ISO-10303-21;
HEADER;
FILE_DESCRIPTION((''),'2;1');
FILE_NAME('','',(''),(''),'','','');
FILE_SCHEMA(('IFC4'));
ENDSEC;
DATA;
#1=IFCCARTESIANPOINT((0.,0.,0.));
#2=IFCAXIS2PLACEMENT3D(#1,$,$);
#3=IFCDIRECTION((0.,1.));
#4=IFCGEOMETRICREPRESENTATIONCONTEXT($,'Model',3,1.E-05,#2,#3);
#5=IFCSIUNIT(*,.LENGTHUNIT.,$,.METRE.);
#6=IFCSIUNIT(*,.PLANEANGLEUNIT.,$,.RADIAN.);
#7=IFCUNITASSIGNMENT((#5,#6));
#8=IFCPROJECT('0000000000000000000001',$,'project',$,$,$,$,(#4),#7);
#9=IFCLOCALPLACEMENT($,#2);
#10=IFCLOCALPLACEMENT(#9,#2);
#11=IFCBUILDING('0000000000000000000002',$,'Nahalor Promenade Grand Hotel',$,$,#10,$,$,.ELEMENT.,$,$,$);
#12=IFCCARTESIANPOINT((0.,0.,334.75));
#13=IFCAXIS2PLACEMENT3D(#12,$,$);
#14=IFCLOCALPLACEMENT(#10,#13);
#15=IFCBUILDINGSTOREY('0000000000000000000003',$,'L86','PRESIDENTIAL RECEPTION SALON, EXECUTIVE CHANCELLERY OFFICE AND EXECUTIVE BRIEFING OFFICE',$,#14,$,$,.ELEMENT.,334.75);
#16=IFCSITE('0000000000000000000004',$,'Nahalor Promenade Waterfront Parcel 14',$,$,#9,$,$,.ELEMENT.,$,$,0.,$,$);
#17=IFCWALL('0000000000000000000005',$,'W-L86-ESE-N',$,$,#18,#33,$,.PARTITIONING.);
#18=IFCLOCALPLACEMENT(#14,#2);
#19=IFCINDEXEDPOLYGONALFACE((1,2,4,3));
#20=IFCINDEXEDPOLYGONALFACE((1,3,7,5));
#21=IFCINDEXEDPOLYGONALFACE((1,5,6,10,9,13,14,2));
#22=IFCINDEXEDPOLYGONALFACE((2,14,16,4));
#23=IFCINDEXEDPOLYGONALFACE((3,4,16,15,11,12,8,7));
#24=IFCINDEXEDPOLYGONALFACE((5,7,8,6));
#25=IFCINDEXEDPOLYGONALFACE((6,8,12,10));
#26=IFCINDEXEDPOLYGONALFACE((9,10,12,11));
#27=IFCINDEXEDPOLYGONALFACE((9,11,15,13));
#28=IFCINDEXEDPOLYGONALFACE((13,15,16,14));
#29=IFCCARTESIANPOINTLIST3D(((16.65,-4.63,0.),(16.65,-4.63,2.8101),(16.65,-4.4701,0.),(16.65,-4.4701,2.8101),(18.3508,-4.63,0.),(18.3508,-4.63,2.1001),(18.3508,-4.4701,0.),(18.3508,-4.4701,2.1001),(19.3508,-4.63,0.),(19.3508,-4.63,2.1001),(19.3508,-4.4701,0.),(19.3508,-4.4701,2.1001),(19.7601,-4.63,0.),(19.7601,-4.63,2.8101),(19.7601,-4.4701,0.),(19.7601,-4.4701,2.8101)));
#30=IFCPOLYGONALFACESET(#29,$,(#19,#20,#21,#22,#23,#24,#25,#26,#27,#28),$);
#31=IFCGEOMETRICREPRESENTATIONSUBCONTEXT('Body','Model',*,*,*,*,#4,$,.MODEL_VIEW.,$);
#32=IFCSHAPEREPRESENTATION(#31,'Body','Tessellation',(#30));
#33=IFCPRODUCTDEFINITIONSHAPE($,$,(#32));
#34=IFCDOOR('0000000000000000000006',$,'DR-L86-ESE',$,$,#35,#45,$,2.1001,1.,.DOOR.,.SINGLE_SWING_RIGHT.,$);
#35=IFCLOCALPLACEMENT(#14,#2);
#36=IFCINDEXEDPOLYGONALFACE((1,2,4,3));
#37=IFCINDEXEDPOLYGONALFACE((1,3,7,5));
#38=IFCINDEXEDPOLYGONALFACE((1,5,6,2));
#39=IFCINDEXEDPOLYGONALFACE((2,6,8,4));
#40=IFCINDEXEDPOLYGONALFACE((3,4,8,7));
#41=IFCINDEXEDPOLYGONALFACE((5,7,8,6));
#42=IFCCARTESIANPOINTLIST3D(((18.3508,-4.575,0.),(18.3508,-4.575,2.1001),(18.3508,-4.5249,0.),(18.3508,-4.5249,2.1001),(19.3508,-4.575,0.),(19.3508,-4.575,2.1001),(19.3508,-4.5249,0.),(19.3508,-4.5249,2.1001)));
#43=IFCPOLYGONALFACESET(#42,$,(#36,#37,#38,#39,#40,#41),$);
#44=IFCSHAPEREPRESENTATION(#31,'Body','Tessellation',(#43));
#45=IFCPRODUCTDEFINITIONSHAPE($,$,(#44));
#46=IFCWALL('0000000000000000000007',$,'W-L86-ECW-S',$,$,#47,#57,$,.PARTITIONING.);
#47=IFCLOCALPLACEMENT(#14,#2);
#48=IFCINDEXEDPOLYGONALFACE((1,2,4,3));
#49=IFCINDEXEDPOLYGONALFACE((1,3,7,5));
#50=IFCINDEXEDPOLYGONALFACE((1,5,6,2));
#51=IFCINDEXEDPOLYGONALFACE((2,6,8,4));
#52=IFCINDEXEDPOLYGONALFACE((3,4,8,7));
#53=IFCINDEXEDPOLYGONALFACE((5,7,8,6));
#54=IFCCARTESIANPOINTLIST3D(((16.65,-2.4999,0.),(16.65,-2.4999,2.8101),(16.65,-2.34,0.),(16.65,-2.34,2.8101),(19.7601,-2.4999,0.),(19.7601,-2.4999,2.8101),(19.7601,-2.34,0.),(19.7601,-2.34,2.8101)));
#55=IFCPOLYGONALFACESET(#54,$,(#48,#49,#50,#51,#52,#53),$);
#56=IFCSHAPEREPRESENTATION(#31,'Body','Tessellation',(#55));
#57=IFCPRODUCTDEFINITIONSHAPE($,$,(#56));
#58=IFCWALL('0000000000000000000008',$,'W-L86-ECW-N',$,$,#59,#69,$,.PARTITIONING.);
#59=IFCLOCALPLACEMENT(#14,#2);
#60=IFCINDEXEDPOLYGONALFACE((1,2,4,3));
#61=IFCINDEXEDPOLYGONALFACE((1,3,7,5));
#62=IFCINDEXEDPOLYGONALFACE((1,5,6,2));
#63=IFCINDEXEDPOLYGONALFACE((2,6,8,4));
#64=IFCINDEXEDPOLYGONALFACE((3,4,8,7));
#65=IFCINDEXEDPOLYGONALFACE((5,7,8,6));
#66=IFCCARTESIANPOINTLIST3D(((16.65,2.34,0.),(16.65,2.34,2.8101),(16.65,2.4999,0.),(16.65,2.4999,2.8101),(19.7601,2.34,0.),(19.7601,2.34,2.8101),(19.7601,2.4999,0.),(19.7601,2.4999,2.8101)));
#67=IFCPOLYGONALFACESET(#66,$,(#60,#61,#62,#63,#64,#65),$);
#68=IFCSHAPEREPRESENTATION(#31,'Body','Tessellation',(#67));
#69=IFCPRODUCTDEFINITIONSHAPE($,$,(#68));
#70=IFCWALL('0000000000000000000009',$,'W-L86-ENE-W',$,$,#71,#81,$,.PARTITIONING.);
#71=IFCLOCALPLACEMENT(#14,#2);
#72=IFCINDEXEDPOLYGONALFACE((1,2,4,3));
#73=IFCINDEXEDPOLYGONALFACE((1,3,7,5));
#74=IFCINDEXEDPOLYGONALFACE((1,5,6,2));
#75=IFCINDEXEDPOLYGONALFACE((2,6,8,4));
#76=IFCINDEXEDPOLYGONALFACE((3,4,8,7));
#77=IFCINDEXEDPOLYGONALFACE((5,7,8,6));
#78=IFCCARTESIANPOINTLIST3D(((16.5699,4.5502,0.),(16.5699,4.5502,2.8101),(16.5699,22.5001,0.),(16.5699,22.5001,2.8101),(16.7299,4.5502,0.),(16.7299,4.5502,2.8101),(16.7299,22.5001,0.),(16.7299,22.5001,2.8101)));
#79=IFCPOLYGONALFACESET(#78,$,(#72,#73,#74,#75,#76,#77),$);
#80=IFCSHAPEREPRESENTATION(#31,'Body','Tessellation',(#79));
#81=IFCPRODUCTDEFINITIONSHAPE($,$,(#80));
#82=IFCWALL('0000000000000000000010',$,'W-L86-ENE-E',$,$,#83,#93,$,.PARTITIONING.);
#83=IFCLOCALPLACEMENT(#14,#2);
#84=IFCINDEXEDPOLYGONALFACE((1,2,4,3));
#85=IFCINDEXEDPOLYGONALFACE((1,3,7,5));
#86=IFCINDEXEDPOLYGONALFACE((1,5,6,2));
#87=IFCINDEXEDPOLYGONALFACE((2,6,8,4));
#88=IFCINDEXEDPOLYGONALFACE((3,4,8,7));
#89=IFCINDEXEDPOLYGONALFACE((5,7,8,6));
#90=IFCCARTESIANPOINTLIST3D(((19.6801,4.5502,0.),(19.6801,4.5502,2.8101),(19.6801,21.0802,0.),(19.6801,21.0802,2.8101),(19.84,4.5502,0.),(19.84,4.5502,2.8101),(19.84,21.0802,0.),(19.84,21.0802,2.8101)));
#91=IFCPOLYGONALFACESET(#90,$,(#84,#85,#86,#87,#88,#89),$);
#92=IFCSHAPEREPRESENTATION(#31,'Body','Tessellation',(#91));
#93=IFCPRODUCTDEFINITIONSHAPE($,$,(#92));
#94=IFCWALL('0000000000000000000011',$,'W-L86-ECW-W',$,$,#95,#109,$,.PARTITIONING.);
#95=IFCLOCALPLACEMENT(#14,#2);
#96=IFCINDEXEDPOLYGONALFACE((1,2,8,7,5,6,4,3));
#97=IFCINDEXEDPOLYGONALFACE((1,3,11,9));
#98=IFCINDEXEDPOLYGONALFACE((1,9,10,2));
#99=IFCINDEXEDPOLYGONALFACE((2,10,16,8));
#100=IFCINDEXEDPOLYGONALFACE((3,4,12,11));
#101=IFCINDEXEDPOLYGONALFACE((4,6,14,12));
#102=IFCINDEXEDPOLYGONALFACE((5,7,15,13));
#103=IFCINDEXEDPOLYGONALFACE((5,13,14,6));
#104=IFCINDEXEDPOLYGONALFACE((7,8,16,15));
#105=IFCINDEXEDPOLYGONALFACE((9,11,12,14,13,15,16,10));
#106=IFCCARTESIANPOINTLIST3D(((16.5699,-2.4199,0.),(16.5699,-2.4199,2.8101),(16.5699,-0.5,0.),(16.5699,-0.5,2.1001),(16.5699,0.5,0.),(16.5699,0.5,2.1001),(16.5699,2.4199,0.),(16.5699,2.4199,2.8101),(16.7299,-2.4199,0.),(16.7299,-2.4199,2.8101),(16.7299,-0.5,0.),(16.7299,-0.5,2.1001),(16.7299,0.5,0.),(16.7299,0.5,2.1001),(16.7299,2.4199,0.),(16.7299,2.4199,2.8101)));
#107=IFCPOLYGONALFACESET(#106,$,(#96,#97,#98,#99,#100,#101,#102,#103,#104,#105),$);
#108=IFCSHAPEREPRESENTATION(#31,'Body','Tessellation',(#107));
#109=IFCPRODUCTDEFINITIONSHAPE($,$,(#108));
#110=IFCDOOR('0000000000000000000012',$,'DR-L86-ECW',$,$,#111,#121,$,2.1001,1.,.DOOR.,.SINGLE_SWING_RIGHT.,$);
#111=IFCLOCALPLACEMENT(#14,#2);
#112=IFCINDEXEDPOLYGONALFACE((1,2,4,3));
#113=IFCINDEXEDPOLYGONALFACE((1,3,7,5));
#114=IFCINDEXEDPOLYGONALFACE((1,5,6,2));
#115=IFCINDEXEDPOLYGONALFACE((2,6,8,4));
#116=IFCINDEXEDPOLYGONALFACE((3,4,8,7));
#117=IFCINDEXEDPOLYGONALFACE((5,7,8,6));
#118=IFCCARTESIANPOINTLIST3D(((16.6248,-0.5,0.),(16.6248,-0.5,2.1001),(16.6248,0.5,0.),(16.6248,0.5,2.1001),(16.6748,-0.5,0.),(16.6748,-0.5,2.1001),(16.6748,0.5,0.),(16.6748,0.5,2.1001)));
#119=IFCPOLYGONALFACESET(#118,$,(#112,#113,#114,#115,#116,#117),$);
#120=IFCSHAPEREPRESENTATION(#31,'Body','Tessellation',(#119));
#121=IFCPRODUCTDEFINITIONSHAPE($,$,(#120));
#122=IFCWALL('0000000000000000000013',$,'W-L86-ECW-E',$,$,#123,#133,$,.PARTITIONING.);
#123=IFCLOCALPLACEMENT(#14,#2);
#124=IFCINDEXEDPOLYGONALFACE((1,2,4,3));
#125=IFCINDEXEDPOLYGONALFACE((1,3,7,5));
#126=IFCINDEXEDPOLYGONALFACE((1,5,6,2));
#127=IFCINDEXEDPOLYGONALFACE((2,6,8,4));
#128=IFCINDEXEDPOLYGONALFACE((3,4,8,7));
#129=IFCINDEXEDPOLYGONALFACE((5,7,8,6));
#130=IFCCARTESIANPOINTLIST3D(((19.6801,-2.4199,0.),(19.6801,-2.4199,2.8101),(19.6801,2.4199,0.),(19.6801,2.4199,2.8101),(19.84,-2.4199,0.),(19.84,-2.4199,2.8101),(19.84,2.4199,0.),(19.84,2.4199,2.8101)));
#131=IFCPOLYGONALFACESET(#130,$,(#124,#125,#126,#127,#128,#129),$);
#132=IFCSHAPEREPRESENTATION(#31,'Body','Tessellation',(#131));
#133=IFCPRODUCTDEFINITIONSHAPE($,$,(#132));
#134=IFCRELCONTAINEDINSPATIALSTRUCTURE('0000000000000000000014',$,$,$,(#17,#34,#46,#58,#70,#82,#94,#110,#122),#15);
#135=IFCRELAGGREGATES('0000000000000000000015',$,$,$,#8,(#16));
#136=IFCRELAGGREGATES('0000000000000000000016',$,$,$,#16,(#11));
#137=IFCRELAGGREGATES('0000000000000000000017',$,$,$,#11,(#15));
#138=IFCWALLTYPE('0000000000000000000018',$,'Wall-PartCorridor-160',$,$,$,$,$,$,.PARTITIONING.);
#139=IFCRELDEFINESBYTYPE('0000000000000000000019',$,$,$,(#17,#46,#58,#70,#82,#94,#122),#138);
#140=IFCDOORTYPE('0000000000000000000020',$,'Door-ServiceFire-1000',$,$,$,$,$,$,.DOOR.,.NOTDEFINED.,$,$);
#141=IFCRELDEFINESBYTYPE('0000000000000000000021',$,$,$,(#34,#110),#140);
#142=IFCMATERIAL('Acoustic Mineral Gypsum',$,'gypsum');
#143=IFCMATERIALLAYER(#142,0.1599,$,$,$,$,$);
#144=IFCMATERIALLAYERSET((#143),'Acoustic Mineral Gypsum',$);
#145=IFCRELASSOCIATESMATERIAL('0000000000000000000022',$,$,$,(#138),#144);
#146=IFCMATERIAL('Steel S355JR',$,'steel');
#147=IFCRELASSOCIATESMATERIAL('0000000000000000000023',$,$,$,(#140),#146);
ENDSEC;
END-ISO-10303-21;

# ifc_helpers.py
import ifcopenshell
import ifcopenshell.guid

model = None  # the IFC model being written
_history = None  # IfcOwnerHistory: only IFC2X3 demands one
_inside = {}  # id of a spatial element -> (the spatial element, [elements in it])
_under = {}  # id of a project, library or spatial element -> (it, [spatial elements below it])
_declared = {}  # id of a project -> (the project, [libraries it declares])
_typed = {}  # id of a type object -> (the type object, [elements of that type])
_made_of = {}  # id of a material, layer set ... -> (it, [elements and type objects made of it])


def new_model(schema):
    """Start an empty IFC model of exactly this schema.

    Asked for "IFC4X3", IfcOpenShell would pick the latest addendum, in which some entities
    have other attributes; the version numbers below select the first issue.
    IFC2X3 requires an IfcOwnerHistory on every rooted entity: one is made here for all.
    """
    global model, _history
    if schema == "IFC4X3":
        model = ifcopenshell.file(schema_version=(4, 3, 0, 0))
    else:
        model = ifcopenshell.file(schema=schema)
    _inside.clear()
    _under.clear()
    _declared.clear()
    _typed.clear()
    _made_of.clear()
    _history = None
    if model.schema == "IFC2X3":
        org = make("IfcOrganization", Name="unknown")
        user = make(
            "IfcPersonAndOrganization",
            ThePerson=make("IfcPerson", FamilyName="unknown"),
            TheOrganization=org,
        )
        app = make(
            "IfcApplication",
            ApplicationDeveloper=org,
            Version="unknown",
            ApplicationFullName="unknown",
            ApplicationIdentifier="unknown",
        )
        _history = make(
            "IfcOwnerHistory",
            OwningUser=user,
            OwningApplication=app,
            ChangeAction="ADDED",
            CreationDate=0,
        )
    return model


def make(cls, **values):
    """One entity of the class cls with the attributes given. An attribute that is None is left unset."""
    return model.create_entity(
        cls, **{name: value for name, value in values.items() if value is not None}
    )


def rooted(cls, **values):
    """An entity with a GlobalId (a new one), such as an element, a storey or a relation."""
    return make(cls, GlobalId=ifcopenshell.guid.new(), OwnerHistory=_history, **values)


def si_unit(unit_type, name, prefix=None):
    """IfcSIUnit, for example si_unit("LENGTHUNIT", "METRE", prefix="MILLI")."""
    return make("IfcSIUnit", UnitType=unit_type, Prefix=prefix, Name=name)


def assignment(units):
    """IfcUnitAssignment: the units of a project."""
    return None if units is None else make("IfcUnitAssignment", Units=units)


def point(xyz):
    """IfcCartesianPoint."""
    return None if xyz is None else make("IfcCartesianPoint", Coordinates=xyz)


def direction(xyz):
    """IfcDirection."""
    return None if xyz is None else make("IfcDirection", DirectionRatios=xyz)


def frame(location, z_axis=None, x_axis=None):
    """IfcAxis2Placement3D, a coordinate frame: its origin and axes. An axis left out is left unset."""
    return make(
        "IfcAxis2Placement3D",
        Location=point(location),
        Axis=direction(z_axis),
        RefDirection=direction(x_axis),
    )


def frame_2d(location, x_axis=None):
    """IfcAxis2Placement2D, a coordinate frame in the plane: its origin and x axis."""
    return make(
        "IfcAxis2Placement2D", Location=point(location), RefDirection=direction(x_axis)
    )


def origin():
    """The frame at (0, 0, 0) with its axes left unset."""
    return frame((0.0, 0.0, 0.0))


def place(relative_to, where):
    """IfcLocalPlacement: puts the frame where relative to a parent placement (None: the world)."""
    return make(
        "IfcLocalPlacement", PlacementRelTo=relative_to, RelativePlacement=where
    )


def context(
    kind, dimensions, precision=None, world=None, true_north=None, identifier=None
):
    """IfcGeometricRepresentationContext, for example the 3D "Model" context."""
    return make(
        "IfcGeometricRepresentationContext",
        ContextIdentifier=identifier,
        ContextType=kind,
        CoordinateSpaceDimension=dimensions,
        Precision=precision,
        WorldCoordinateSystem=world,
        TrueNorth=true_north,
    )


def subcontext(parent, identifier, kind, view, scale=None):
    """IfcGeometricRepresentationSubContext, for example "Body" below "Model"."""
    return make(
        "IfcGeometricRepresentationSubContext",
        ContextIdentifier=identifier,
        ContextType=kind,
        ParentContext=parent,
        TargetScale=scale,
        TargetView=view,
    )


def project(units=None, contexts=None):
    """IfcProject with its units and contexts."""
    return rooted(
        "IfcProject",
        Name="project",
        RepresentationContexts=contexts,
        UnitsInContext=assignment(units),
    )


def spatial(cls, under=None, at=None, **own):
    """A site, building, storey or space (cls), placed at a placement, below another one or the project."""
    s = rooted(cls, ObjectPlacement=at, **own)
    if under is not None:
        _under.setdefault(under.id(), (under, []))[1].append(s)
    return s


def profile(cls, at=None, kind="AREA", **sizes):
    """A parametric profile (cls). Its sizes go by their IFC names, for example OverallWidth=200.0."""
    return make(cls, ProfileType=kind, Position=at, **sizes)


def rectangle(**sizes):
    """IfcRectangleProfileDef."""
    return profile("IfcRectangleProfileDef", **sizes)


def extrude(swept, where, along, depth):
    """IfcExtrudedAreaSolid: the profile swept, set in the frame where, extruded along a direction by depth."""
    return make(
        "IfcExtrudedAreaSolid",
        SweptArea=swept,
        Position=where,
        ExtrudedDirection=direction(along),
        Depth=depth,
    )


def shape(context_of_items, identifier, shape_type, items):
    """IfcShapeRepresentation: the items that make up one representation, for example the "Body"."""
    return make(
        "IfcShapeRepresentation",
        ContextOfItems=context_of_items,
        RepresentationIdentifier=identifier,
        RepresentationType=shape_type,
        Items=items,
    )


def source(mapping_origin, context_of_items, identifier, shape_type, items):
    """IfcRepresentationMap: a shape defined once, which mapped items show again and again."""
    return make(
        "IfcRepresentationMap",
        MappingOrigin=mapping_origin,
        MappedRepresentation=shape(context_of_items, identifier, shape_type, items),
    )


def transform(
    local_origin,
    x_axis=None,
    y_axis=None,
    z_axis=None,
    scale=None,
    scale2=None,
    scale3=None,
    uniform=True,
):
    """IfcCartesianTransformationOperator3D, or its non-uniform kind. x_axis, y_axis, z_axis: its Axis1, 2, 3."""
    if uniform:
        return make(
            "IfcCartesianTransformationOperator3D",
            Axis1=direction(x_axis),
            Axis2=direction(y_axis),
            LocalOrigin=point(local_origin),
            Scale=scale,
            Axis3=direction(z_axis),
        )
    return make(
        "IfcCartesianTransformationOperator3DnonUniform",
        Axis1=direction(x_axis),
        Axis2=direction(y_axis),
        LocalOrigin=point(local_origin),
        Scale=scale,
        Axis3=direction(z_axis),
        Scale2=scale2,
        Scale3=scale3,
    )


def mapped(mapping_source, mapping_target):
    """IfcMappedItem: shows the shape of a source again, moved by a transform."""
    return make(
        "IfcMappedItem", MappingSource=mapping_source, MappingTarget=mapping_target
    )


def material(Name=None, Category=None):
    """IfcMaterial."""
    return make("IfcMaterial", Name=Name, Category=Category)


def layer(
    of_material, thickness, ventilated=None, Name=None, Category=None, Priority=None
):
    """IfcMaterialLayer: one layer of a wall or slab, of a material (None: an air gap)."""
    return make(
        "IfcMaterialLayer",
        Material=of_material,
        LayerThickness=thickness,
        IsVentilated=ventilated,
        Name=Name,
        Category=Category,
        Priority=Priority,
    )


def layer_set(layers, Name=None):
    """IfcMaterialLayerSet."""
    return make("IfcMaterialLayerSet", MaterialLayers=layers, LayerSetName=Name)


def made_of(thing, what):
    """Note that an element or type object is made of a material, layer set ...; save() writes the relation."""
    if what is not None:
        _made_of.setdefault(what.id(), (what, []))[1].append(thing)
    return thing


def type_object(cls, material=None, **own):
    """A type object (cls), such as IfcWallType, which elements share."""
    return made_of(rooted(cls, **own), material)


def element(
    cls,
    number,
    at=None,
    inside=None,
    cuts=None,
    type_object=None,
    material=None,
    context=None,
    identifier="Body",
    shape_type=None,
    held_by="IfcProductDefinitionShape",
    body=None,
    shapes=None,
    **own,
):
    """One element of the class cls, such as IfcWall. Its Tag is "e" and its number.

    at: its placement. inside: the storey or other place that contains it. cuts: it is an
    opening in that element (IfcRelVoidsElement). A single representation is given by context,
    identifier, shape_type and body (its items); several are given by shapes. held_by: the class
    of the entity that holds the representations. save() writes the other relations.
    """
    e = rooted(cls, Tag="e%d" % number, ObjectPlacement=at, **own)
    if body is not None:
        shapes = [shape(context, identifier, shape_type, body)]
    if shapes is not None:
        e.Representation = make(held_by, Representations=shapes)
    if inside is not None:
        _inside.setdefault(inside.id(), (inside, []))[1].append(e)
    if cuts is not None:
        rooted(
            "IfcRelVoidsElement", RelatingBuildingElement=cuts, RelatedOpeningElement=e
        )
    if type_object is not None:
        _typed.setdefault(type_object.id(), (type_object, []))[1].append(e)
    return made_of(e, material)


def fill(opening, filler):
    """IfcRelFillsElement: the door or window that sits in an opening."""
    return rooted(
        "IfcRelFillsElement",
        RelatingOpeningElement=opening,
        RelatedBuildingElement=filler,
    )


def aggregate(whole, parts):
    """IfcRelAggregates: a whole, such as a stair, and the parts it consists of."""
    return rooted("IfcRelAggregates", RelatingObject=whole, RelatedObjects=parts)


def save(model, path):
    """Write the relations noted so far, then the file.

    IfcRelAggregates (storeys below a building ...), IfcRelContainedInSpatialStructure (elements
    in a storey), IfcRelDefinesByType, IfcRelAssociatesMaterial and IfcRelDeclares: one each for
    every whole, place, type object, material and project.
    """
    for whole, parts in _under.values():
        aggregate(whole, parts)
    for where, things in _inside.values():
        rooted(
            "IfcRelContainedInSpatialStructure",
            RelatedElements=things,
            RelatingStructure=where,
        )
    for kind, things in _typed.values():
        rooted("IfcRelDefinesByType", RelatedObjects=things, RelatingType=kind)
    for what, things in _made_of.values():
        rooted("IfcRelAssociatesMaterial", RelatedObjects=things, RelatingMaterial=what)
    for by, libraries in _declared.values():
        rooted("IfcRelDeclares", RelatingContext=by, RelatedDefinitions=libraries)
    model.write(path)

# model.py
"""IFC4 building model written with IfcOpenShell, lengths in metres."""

from ifc_helpers import new_model, si_unit, direction, frame, frame_2d, origin, place, context, subcontext, project, spatial, rectangle, extrude, source, transform, mapped, material, layer, layer_set, type_object, element, fill, save


model = new_model("IFC4")

# Units and contexts
model_context = context("Model", 3, precision=1e-05, world=origin(), true_north=direction((0.0, 1.0)))
body_context = subcontext(model_context, "Body", "Model", "MODEL_VIEW")
ifc_project = project(units=[si_unit("LENGTHUNIT", "METRE"), si_unit("PLANEANGLEUNIT", "RADIAN")], contexts=[model_context])

# Site, building, storey
site_placement = place(None, origin())
site = spatial("IfcSite", under=ifc_project, at=site_placement, Name="Nahalor Promenade Waterfront Parcel 14", CompositionType="ELEMENT", RefElevation=0.0)
building_placement = place(site_placement, origin())
building = spatial("IfcBuilding", under=site, at=building_placement, Name="Nahalor Promenade Grand Hotel", CompositionType="ELEMENT")
storey_placement = place(building_placement, frame((0.0, 0.0, 334.75)))
storey = spatial("IfcBuildingStorey", under=building, at=storey_placement, Name="L86", Description="PRESIDENTIAL RECEPTION SALON, EXECUTIVE CHANCELLERY OFFICE AND EXECUTIVE BRIEFING OFFICE", CompositionType="ELEMENT", Elevation=334.75)

# Shared definitions
ifc_material_1 = material(Name="Steel S355JR", Category="steel")

# Shared definitions
ifc_material_2 = material(Name="Acoustic Mineral Gypsum", Category="gypsum")
ifc_layer_1 = layer(ifc_material_2, 0.1599)
ifc_layer_set_1 = layer_set([ifc_layer_1], Name="Acoustic Mineral Gypsum")
wall_type_1 = type_object("IfcWallType", Name="Wall-PartCorridor-160", PredefinedType="PARTITIONING", material=ifc_layer_set_1)

# Wall, opening, door
shared_shape_1 = source(origin(), body_context, "Body", "SweptSolid", [
    extrude(rectangle(XDim=3.1101, YDim=0.1599, at=frame_2d((1.5552, 0.0))), origin(), (0.0, 0.0, 1.0), 2.8101),
])
door_type = type_object("IfcDoorType", Name="Door-ServiceFire-1000", OperationType="NOTDEFINED", PredefinedType="DOOR", material=ifc_material_1)
shared_shape_2 = source(origin(), body_context, "Body", "SweptSolid", [
    extrude(rectangle(XDim=1.0, YDim=2.1001, at=frame_2d((0.5, 1.05))), frame((0.0, 0.0249, 0.0), z_axis=(0.0, -1.0, 0.0), x_axis=(1.0, 0.0, 0.0)), (0.0, 0.0, 1.0), 0.05),
])
wall_1_placement = place(storey_placement, frame((16.6499, -4.55, 0.0), z_axis=(0.0, 0.0, 1.0), x_axis=(1.0, 0.0, 0.0)))
wall_1 = element("IfcWall", 1, at=wall_1_placement, inside=storey, type_object=wall_type_1, Name="W-L86-ESE-N", PredefinedType="PARTITIONING", context=body_context, shape_type="MappedRepresentation", body=[
    mapped(shared_shape_1, transform((0.0, 0.0, 0.0), scale=1.0)),
])
opening_1_placement = place(wall_1_placement, frame((1.7009, 0.0, 0.0)))
opening_1 = element("IfcOpeningElement", 2, at=opening_1_placement, cuts=wall_1, PredefinedType="OPENING", context=body_context, shape_type="SweptSolid", body=[
    extrude(rectangle(XDim=1.0, YDim=2.1001, at=frame_2d((0.5, 1.05))), frame((0.0, 0.0898, 0.0), z_axis=(0.0, -1.0, 0.0), x_axis=(1.0, 0.0, 0.0)), (0.0, 0.0, 1.0), 0.1799),
])
door_1_placement = place(opening_1_placement, frame((1.0, 0.0, 0.0), z_axis=(0.0, 0.0, 1.0), x_axis=(-1.0, 0.0, 0.0)))
door_1 = element("IfcDoor", 3, at=door_1_placement, inside=storey, type_object=door_type, Name="DR-L86-ESE", OperationType="SINGLE_SWING_RIGHT", OverallHeight=2.1001, OverallWidth=1.0, PredefinedType="DOOR", context=body_context, shape_type="MappedRepresentation", body=[
    mapped(shared_shape_2, transform((0.0, 0.0, 0.0), scale=1.0)),
])
fill(opening_1, door_1)

# Walls
for number, where, z_axis, x_axis, name in (
    (4, (16.6499, -2.4199, 0.0), (0.0, 0.0, 1.0), (1.0, 0.0, 0.0), "W-L86-ECW-S"),
    (5, (16.6499, 2.4199, 0.0), (0.0, 0.0, 1.0), (1.0, 0.0, 0.0), "W-L86-ECW-N"),
):
    element("IfcWall", number, at=place(storey_placement, frame(where, z_axis=z_axis, x_axis=x_axis)), inside=storey, type_object=wall_type_1, Name=name, PredefinedType="PARTITIONING", context=body_context, shape_type="MappedRepresentation", body=[
        mapped(shared_shape_1, transform((0.0, 0.0, 0.0), scale=1.0)),
    ])
shared_shape_3 = source(origin(), body_context, "Body", "SweptSolid", [
    extrude(rectangle(XDim=17.95, YDim=0.1599, at=frame_2d((8.9751, 0.0))), origin(), (0.0, 0.0, 1.0), 2.8101),
])
wall_2_placement = place(storey_placement, frame((16.6499, 4.55, 0.0), z_axis=(0.0, 0.0, 1.0), x_axis=(0.0, 1.0, 0.0)))
element("IfcWall", 6, at=wall_2_placement, inside=storey, type_object=wall_type_1, Name="W-L86-ENE-W", PredefinedType="PARTITIONING", context=body_context, shape_type="MappedRepresentation", body=[
    mapped(shared_shape_3, transform((0.0, 0.0, 0.0), scale=1.0)),
])
shared_shape_4 = source(origin(), body_context, "Body", "SweptSolid", [
    extrude(rectangle(XDim=16.53, YDim=0.1599, at=frame_2d((8.2651, 0.0))), origin(), (0.0, 0.0, 1.0), 2.8101),
])
wall_3_placement = place(storey_placement, frame((19.76, 4.55, 0.0), z_axis=(0.0, 0.0, 1.0), x_axis=(0.0, 1.0, 0.0)))
element("IfcWall", 7, at=wall_3_placement, inside=storey, type_object=wall_type_1, Name="W-L86-ENE-E", PredefinedType="PARTITIONING", context=body_context, shape_type="MappedRepresentation", body=[
    mapped(shared_shape_4, transform((0.0, 0.0, 0.0), scale=1.0)),
])

# Wall, opening, door
shared_shape_5 = source(origin(), body_context, "Body", "SweptSolid", [
    extrude(rectangle(XDim=4.8398, YDim=0.1599, at=frame_2d((2.4199, 0.0))), origin(), (0.0, 0.0, 1.0), 2.8101),
])
wall_4_placement = place(storey_placement, frame((16.6499, -2.4199, 0.0), z_axis=(0.0, 0.0, 1.0), x_axis=(0.0, 1.0, 0.0)))
wall_4 = element("IfcWall", 8, at=wall_4_placement, inside=storey, type_object=wall_type_1, Name="W-L86-ECW-W", PredefinedType="PARTITIONING", context=body_context, shape_type="MappedRepresentation", body=[
    mapped(shared_shape_5, transform((0.0, 0.0, 0.0), scale=1.0)),
])
opening_2_placement = place(wall_4_placement, frame((1.9199, 0.0, 0.0)))
opening_2 = element("IfcOpeningElement", 9, at=opening_2_placement, cuts=wall_4, PredefinedType="OPENING", context=body_context, shape_type="SweptSolid", body=[
    extrude(rectangle(XDim=1.0, YDim=2.1001, at=frame_2d((0.5, 1.05))), frame((0.0, 0.0898, 0.0), z_axis=(0.0, -1.0, 0.0), x_axis=(1.0, 0.0, 0.0)), (0.0, 0.0, 1.0), 0.1799),
])
door_2_placement = place(opening_2_placement, frame((1.0, 0.0, 0.0), z_axis=(0.0, 0.0, 1.0), x_axis=(-1.0, 0.0, 0.0)))
door_2 = element("IfcDoor", 10, at=door_2_placement, inside=storey, type_object=door_type, Name="DR-L86-ECW", OperationType="SINGLE_SWING_RIGHT", OverallHeight=2.1001, OverallWidth=1.0, PredefinedType="DOOR", context=body_context, shape_type="MappedRepresentation", body=[
    mapped(shared_shape_2, transform((0.0, 0.0, 0.0), scale=1.0)),
])
fill(opening_2, door_2)

# Wall
wall_5_placement = place(storey_placement, frame((19.76, -2.4199, 0.0), z_axis=(0.0, 0.0, 1.0), x_axis=(0.0, 1.0, 0.0)))
element("IfcWall", 11, at=wall_5_placement, inside=storey, type_object=wall_type_1, Name="W-L86-ECW-E", PredefinedType="PARTITIONING", context=body_context, shape_type="MappedRepresentation", body=[
    mapped(shared_shape_5, transform((0.0, 0.0, 0.0), scale=1.0)),
])

save(model, "model.ifc")
